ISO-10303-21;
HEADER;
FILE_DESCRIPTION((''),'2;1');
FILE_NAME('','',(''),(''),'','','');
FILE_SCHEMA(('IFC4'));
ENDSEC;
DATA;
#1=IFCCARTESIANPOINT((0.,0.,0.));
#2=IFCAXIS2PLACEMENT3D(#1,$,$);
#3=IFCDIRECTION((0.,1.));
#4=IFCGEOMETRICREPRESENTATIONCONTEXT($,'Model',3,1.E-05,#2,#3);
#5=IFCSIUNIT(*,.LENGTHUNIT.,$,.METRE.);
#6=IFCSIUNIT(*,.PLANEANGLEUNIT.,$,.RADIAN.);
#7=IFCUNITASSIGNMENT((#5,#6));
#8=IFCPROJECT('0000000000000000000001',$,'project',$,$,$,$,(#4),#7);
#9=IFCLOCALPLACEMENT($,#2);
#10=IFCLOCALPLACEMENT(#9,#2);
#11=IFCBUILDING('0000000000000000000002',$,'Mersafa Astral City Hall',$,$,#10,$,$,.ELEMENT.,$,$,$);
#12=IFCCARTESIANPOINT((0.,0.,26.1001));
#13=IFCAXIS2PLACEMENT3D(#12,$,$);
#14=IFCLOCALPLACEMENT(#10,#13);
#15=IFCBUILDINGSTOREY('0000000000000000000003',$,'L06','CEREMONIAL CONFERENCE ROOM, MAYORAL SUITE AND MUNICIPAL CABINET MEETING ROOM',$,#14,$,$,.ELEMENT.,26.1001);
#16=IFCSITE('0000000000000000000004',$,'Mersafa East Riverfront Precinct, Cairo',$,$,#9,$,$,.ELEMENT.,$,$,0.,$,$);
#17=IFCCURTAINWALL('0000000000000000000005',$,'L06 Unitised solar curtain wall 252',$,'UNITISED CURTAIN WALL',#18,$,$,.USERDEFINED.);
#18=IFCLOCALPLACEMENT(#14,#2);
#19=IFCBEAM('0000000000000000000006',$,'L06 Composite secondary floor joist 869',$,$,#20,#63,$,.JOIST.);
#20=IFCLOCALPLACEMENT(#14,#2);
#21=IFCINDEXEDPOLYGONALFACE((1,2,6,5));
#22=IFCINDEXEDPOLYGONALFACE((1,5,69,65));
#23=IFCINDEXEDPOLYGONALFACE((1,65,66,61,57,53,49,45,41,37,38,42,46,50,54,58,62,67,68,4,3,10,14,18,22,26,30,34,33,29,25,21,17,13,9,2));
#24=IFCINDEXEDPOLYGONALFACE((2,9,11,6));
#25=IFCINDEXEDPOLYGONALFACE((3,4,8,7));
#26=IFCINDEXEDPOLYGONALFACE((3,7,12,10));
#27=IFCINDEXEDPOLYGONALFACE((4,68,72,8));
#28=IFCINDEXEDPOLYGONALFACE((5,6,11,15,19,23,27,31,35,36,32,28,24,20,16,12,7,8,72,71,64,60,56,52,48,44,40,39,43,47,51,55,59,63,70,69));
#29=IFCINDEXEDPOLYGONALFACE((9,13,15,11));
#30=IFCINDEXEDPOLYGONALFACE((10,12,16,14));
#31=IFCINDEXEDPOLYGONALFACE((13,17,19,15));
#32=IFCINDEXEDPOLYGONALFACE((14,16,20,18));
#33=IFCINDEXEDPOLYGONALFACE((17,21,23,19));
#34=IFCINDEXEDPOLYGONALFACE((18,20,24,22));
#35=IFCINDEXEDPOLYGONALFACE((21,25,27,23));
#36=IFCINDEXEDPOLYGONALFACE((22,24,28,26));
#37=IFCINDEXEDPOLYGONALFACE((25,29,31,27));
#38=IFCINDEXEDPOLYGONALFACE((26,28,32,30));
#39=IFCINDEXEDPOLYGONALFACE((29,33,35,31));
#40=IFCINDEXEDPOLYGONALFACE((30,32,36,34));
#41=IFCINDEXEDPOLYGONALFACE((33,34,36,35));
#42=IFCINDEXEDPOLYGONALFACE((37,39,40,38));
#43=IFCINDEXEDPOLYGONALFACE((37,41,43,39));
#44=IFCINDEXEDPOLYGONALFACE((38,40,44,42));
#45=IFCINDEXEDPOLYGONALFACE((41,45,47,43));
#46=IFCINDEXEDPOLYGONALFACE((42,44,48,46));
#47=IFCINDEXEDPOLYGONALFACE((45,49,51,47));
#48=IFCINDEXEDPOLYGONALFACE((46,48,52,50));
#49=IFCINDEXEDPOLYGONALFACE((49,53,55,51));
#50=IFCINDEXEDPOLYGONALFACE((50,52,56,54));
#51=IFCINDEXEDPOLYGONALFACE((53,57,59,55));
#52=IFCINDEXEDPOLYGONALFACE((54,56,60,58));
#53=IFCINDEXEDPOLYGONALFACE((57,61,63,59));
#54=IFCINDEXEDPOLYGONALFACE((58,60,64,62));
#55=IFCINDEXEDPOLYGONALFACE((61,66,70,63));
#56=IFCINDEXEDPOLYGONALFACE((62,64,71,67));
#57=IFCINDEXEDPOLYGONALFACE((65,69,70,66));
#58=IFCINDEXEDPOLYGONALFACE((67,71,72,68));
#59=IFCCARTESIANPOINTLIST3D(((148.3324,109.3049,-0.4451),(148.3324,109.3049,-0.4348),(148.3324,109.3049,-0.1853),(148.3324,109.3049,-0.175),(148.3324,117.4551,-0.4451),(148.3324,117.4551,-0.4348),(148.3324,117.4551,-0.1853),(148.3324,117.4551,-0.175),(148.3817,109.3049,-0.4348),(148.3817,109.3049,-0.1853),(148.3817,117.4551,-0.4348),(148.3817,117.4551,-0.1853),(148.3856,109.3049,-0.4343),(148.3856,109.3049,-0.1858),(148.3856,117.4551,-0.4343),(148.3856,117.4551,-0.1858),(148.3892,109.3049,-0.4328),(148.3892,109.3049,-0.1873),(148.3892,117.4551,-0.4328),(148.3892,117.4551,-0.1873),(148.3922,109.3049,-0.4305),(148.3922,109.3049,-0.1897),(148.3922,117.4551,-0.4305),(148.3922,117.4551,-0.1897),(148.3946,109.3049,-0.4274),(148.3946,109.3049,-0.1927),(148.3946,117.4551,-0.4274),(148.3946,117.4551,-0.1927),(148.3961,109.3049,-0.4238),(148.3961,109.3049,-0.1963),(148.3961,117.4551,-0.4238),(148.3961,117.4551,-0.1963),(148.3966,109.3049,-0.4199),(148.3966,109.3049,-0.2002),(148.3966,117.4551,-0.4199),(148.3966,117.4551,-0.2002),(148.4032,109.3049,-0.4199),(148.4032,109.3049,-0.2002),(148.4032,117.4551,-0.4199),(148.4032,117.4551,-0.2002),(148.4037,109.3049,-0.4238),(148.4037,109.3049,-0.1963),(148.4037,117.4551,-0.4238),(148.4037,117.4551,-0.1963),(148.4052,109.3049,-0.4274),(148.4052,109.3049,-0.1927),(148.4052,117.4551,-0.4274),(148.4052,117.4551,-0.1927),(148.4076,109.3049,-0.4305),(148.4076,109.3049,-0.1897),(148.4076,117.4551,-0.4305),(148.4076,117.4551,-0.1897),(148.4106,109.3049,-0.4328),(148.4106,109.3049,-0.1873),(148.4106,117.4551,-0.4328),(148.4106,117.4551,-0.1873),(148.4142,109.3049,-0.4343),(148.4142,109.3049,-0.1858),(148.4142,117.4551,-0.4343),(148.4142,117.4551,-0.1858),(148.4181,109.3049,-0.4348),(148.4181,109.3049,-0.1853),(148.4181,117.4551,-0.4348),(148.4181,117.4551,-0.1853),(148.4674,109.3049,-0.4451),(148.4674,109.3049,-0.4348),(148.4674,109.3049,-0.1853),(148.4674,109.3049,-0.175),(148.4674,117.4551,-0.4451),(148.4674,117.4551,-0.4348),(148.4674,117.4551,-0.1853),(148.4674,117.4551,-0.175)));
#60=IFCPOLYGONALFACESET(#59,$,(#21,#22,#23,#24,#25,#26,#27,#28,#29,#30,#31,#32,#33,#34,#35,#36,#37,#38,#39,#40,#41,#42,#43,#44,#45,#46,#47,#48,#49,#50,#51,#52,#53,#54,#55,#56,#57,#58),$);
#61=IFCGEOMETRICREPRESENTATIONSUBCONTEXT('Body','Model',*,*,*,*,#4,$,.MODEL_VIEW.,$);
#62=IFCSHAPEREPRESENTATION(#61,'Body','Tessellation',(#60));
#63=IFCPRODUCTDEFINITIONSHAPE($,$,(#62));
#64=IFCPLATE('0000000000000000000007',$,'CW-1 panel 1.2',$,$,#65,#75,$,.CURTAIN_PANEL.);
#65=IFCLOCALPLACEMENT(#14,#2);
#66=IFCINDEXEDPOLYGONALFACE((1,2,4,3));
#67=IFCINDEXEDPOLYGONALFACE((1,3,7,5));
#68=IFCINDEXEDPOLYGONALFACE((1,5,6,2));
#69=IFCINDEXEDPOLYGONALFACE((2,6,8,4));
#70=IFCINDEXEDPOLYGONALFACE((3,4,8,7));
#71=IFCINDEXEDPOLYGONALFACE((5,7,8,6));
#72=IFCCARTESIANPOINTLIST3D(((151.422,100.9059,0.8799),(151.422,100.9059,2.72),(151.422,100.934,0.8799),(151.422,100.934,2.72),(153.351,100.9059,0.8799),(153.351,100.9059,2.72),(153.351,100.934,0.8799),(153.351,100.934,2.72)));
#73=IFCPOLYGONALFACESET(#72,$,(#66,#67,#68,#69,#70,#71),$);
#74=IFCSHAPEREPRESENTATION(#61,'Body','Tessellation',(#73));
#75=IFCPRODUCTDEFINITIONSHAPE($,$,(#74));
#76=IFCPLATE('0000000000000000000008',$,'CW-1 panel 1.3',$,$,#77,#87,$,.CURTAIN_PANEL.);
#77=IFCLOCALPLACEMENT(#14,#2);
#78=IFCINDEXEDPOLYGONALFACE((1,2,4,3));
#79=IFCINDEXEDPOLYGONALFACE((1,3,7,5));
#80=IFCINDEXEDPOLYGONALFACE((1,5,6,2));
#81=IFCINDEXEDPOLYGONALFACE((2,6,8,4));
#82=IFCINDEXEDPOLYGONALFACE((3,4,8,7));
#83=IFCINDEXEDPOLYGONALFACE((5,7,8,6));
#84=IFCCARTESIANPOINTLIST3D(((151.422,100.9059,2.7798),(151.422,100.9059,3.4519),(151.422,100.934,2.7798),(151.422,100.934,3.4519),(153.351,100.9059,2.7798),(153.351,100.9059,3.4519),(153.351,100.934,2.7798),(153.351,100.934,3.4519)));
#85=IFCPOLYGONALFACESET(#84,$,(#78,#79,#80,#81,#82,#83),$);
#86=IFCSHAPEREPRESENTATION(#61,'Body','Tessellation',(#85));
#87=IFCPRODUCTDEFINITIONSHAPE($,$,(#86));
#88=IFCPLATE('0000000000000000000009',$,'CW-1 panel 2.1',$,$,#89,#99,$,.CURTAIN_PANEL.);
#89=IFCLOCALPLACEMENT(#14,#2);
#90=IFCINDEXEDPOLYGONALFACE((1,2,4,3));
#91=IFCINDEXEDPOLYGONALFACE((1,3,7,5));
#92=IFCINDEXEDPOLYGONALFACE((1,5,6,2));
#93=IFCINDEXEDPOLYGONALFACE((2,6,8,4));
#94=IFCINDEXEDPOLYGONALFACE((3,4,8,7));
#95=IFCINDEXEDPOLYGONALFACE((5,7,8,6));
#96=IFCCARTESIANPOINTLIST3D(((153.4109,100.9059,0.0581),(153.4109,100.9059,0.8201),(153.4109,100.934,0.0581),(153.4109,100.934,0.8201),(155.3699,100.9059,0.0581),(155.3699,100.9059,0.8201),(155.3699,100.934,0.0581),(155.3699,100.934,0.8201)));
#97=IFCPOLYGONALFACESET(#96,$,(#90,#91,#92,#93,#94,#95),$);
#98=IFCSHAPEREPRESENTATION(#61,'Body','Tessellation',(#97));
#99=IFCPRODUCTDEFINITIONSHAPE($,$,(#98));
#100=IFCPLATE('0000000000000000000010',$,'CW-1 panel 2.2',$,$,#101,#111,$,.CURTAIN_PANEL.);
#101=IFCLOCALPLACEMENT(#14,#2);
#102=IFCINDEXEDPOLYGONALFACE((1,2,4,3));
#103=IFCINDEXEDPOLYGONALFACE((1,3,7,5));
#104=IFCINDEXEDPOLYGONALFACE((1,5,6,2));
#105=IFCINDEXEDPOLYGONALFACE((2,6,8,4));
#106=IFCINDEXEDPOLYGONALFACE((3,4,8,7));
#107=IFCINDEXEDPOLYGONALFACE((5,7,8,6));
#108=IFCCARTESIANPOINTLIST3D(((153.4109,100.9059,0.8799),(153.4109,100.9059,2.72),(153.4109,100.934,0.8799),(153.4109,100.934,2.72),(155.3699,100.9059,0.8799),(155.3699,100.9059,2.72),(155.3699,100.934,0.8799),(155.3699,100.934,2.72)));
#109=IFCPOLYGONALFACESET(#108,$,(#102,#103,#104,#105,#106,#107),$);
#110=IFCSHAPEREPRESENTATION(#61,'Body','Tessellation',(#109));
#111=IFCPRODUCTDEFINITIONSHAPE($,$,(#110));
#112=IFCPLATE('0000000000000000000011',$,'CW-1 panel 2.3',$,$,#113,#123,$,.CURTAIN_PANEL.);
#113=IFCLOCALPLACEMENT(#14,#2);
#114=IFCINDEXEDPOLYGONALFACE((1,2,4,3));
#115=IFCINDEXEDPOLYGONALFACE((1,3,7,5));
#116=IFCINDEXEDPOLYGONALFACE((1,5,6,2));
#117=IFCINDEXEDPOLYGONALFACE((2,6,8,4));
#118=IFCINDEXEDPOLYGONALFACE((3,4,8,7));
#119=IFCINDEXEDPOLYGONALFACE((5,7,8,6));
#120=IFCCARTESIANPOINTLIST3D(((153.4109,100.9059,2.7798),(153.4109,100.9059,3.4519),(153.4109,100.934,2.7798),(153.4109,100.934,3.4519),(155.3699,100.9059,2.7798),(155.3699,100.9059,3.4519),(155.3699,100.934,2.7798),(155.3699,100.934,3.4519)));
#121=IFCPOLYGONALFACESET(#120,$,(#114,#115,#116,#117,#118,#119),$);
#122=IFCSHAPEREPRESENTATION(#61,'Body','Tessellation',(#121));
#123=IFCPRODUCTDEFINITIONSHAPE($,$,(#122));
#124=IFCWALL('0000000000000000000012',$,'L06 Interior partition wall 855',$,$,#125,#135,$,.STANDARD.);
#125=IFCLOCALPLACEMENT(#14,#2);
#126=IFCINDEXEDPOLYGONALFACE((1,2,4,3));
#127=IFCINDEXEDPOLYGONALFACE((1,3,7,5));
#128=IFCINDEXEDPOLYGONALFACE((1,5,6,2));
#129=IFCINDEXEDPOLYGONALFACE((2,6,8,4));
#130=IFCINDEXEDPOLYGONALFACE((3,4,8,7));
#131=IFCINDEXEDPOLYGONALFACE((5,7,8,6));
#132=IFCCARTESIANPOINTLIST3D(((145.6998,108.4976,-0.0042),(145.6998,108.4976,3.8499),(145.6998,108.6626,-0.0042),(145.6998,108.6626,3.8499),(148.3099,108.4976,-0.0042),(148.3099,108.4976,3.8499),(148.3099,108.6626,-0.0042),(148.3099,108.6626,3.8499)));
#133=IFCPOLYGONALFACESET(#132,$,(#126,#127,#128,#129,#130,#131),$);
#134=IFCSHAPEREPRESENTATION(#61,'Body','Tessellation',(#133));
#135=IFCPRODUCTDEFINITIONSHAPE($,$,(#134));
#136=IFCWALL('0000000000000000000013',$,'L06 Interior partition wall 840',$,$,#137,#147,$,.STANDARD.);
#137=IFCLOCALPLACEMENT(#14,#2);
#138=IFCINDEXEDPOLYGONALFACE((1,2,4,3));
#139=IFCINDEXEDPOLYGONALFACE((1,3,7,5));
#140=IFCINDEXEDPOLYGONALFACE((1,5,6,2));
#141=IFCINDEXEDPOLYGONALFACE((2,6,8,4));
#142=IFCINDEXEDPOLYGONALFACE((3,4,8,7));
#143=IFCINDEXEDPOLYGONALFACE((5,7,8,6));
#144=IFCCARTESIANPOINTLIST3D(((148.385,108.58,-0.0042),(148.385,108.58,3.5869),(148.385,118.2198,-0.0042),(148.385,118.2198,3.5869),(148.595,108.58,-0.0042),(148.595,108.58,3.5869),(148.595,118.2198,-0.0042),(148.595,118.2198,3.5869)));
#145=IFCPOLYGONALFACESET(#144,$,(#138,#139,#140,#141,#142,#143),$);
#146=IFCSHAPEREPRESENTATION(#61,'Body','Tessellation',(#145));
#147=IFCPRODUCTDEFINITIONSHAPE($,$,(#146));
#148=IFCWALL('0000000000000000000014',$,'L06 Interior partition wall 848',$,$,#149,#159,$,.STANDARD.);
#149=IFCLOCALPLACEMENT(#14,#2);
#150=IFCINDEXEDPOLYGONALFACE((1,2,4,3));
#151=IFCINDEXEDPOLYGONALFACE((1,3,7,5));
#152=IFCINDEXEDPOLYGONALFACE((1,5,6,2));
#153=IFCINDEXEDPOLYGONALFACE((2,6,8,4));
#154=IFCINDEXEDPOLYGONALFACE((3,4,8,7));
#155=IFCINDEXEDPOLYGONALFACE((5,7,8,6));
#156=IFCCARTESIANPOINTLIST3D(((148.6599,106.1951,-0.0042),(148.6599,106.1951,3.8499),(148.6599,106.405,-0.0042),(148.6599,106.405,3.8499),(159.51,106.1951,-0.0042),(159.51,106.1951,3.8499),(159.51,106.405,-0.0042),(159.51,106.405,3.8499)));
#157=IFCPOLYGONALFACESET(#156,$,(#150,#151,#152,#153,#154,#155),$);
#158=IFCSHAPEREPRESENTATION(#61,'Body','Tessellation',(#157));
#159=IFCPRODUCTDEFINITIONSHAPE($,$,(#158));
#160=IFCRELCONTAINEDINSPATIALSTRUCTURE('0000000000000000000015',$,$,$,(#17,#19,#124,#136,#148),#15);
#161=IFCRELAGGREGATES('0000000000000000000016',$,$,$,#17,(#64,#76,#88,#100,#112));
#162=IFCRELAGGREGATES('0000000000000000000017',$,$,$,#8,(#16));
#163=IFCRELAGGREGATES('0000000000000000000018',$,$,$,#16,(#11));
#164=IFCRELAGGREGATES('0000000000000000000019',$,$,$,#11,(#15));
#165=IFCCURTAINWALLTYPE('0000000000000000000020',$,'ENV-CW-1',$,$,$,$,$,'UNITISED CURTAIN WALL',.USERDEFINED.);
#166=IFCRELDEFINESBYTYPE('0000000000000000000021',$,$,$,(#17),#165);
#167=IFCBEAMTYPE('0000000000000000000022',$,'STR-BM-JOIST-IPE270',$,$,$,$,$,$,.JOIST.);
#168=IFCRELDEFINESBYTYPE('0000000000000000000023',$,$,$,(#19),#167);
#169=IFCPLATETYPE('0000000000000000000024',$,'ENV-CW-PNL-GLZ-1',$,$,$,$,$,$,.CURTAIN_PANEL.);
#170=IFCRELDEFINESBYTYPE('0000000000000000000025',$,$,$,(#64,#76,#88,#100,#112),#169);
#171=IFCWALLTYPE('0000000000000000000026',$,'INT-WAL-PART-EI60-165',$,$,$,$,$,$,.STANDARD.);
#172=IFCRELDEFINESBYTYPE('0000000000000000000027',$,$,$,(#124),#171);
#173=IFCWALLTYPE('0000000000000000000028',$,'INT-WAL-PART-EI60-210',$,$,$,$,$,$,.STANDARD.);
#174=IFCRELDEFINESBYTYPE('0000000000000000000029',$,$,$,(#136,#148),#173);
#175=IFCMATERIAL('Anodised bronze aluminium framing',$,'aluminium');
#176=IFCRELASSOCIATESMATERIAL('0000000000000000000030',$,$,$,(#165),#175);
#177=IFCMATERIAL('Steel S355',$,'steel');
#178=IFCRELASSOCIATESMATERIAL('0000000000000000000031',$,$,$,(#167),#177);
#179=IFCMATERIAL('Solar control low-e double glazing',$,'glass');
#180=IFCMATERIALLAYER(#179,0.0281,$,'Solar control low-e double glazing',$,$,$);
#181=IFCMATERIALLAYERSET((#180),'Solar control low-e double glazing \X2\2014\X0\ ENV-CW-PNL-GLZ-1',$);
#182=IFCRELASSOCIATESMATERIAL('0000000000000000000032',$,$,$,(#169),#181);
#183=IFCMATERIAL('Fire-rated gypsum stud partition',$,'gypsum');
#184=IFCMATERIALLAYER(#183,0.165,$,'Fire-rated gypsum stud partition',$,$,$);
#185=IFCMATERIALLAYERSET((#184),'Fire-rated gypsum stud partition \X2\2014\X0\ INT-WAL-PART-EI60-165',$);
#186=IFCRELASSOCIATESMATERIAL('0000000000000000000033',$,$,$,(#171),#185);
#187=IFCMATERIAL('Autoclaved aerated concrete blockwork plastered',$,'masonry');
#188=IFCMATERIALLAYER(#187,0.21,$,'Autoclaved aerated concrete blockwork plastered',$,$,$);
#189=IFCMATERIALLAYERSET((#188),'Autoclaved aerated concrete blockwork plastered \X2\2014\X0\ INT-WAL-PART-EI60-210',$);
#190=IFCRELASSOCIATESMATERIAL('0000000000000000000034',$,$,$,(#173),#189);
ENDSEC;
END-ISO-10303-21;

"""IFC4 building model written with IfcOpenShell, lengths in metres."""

from ifc_helpers import new_model, si_unit, direction, frame, frame_2d, origin, origin_2d, place, context, subcontext, project, spatial, rectangle, i_section, extrude, material, layer, layer_set, material_profile, profile_set, type_object, element, aggregate, save


model = new_model("IFC4")

# Units and contexts
model_context = context("Model", 3, precision=1e-05, world=origin(), true_north=direction((0.0, 1.0)))
body_context = subcontext(model_context, "Body", "Model", "MODEL_VIEW")
ifc_project = project(units=[si_unit("LENGTHUNIT", "METRE"), si_unit("PLANEANGLEUNIT", "RADIAN")], contexts=[model_context])

# Site, building, storey
site_placement = place(None, origin())
site = spatial("IfcSite", under=ifc_project, at=site_placement, Name="Mersafa East Riverfront Precinct, Cairo", CompositionType="ELEMENT", RefElevation=0.0)
building_placement = place(site_placement, origin())
building = spatial("IfcBuilding", under=site, at=building_placement, Name="Mersafa Astral City Hall", CompositionType="ELEMENT")
storey_placement = place(building_placement, frame((0.0, 0.0, 26.1001)))
storey = spatial("IfcBuildingStorey", under=building, at=storey_placement, Name="L06", Description="CEREMONIAL CONFERENCE ROOM, MAYORAL SUITE AND MUNICIPAL CABINET MEETING ROOM", CompositionType="ELEMENT", Elevation=26.1001)

# Shared definitions
ifc_material_1 = material(Name="Steel S355", Category="steel")

# Curtain wall
ifc_material_2 = material(Name="Anodised bronze aluminium framing", Category="aluminium")
curtain_wall_type = type_object("IfcCurtainWallType", Name="ENV-CW-1", ElementType="UNITISED CURTAIN WALL", PredefinedType="USERDEFINED", material=ifc_material_2)
curtain_wall_placement = place(storey_placement, origin())
curtain_wall = element("IfcCurtainWall", 1, at=curtain_wall_placement, inside=storey, type_object=curtain_wall_type, Name="L06 Unitised solar curtain wall 252", ObjectType="UNITISED CURTAIN WALL", PredefinedType="USERDEFINED")

# Beam
ifc_material_profile_1 = material_profile(ifc_material_1, i_section(OverallWidth=0.135, OverallDepth=0.27, WebThickness=0.0066, FlangeThickness=0.0103, FilletRadius=0.0149, at=origin_2d()), Name="IPE 270")
ifc_profile_set_1 = profile_set([ifc_material_profile_1], Name="Steel S355")
beam_type_1 = type_object("IfcBeamType", Name="STR-BM-JOIST-IPE270", PredefinedType="JOIST", material=ifc_profile_set_1)
beam_1_placement = place(storey_placement, frame((148.3999, 109.3049, -0.3101), z_axis=(0.0, 1.0, 0.0), x_axis=(-1.0, 0.0, 0.0)))
element("IfcBeam", 2, at=beam_1_placement, inside=storey, type_object=beam_type_1, Name="L06 Composite secondary floor joist 869", PredefinedType="JOIST", context=body_context, shape_type="SweptSolid", body=[
    extrude(i_section(OverallWidth=0.135, OverallDepth=0.27, WebThickness=0.0066, FlangeThickness=0.0103, FilletRadius=0.0149, at=origin_2d()), origin(), (0.0, 0.0, 1.0), 8.1501),
])

# Plates
ifc_material_3 = material(Name="Solar control low-e double glazing", Category="glass")
ifc_layer_1 = layer(ifc_material_3, 0.0281, Name="Solar control low-e double glazing")
ifc_layer_set_1 = layer_set([ifc_layer_1], Name="Solar control low-e double glazing — ENV-CW-PNL-GLZ-1")
plate_type = type_object("IfcPlateType", Name="ENV-CW-PNL-GLZ-1", PredefinedType="CURTAIN_PANEL", material=ifc_layer_set_1)
plate_1_placement = place(storey_placement, frame((152.3865, 100.9199, 0.8799), z_axis=(0.0, 0.0, 1.0), x_axis=(1.0, 0.0, 0.0)))
plate_1 = element("IfcPlate", 3, at=plate_1_placement, type_object=plate_type, Name="CW-1 panel 1.2", PredefinedType="CURTAIN_PANEL", context=body_context, shape_type="SweptSolid", body=[
    extrude(rectangle(XDim=1.929, YDim=0.0281, at=origin_2d()), origin(), (0.0, 0.0, 1.0), 1.8401),
])
plate_2_placement = place(storey_placement, frame((152.3865, 100.9199, 2.7798), z_axis=(0.0, 0.0, 1.0), x_axis=(1.0, 0.0, 0.0)))
plate_2 = element("IfcPlate", 4, at=plate_2_placement, type_object=plate_type, Name="CW-1 panel 1.3", PredefinedType="CURTAIN_PANEL", context=body_context, shape_type="SweptSolid", body=[
    extrude(rectangle(XDim=1.929, YDim=0.0281, at=origin_2d()), origin(), (0.0, 0.0, 1.0), 0.6721),
])
plate_3_placement = place(storey_placement, frame((154.3904, 100.9199, 0.0581), z_axis=(0.0, 0.0, 1.0), x_axis=(1.0, 0.0, 0.0)))
plate_3 = element("IfcPlate", 5, at=plate_3_placement, type_object=plate_type, Name="CW-1 panel 2.1", PredefinedType="CURTAIN_PANEL", context=body_context, shape_type="SweptSolid", body=[
    extrude(rectangle(XDim=1.959, YDim=0.0281, at=origin_2d()), origin(), (0.0, 0.0, 1.0), 0.762),
])
plate_4_placement = place(storey_placement, frame((154.3904, 100.9199, 0.8799), z_axis=(0.0, 0.0, 1.0), x_axis=(1.0, 0.0, 0.0)))
plate_4 = element("IfcPlate", 6, at=plate_4_placement, type_object=plate_type, Name="CW-1 panel 2.2", PredefinedType="CURTAIN_PANEL", context=body_context, shape_type="SweptSolid", body=[
    extrude(rectangle(XDim=1.959, YDim=0.0281, at=origin_2d()), origin(), (0.0, 0.0, 1.0), 1.8401),
])
plate_5_placement = place(storey_placement, frame((154.3904, 100.9199, 2.7798), z_axis=(0.0, 0.0, 1.0), x_axis=(1.0, 0.0, 0.0)))
plate_5 = element("IfcPlate", 7, at=plate_5_placement, type_object=plate_type, Name="CW-1 panel 2.3", PredefinedType="CURTAIN_PANEL", context=body_context, shape_type="SweptSolid", body=[
    extrude(rectangle(XDim=1.959, YDim=0.0281, at=origin_2d()), origin(), (0.0, 0.0, 1.0), 0.6721),
])
aggregate(curtain_wall, [plate_1, plate_2, plate_3, plate_4, plate_5])

# Walls
ifc_material_4 = material(Name="Fire-rated gypsum stud partition", Category="gypsum")
ifc_layer_2 = layer(ifc_material_4, 0.165, Name="Fire-rated gypsum stud partition")
ifc_layer_set_2 = layer_set([ifc_layer_2], Name="Fire-rated gypsum stud partition — INT-WAL-PART-EI60-165")
wall_type_1 = type_object("IfcWallType", Name="INT-WAL-PART-EI60-165", PredefinedType="STANDARD", material=ifc_layer_set_2)
wall_1_placement = place(storey_placement, frame((148.3101, 108.5801, -0.0042), z_axis=(0.0, 0.0, 1.0), x_axis=(-1.0, 0.0, 0.0)))
element("IfcWall", 8, at=wall_1_placement, inside=storey, type_object=wall_type_1, Name="L06 Interior partition wall 855", PredefinedType="STANDARD", context=body_context, shape_type="SweptSolid", body=[
    extrude(rectangle(XDim=2.6101, YDim=0.165, at=frame_2d((1.3052, 0.0))), origin(), (0.0, 0.0, 1.0), 3.854),
])
ifc_material_5 = material(Name="Autoclaved aerated concrete blockwork plastered", Category="masonry")
ifc_layer_3 = layer(ifc_material_5, 0.21, Name="Autoclaved aerated concrete blockwork plastered")
ifc_layer_set_3 = layer_set([ifc_layer_3], Name="Autoclaved aerated concrete blockwork plastered — INT-WAL-PART-EI60-210")
wall_type_2 = type_object("IfcWallType", Name="INT-WAL-PART-EI60-210", PredefinedType="STANDARD", material=ifc_layer_set_3)
wall_2_placement = place(storey_placement, frame((148.49, 108.5801, -0.0042), z_axis=(0.0, 0.0, 1.0), x_axis=(0.0, 1.0, 0.0)))
element("IfcWall", 9, at=wall_2_placement, inside=storey, type_object=wall_type_2, Name="L06 Interior partition wall 840", PredefinedType="STANDARD", context=body_context, shape_type="SweptSolid", body=[
    extrude(rectangle(XDim=9.6399, YDim=0.21, at=frame_2d((4.8198, 0.0))), origin(), (0.0, 0.0, 1.0), 3.5911),
])
wall_3_placement = place(storey_placement, frame((148.6599, 106.3, -0.0042), z_axis=(0.0, 0.0, 1.0), x_axis=(1.0, 0.0, 0.0)))
element("IfcWall", 10, at=wall_3_placement, inside=storey, type_object=wall_type_2, Name="L06 Interior partition wall 848", PredefinedType="STANDARD", context=body_context, shape_type="SweptSolid", body=[
    extrude(rectangle(XDim=10.8501, YDim=0.21, at=frame_2d((5.425, 0.0))), origin(), (0.0, 0.0, 1.0), 3.854),
])

save(model, "model.ifc")
